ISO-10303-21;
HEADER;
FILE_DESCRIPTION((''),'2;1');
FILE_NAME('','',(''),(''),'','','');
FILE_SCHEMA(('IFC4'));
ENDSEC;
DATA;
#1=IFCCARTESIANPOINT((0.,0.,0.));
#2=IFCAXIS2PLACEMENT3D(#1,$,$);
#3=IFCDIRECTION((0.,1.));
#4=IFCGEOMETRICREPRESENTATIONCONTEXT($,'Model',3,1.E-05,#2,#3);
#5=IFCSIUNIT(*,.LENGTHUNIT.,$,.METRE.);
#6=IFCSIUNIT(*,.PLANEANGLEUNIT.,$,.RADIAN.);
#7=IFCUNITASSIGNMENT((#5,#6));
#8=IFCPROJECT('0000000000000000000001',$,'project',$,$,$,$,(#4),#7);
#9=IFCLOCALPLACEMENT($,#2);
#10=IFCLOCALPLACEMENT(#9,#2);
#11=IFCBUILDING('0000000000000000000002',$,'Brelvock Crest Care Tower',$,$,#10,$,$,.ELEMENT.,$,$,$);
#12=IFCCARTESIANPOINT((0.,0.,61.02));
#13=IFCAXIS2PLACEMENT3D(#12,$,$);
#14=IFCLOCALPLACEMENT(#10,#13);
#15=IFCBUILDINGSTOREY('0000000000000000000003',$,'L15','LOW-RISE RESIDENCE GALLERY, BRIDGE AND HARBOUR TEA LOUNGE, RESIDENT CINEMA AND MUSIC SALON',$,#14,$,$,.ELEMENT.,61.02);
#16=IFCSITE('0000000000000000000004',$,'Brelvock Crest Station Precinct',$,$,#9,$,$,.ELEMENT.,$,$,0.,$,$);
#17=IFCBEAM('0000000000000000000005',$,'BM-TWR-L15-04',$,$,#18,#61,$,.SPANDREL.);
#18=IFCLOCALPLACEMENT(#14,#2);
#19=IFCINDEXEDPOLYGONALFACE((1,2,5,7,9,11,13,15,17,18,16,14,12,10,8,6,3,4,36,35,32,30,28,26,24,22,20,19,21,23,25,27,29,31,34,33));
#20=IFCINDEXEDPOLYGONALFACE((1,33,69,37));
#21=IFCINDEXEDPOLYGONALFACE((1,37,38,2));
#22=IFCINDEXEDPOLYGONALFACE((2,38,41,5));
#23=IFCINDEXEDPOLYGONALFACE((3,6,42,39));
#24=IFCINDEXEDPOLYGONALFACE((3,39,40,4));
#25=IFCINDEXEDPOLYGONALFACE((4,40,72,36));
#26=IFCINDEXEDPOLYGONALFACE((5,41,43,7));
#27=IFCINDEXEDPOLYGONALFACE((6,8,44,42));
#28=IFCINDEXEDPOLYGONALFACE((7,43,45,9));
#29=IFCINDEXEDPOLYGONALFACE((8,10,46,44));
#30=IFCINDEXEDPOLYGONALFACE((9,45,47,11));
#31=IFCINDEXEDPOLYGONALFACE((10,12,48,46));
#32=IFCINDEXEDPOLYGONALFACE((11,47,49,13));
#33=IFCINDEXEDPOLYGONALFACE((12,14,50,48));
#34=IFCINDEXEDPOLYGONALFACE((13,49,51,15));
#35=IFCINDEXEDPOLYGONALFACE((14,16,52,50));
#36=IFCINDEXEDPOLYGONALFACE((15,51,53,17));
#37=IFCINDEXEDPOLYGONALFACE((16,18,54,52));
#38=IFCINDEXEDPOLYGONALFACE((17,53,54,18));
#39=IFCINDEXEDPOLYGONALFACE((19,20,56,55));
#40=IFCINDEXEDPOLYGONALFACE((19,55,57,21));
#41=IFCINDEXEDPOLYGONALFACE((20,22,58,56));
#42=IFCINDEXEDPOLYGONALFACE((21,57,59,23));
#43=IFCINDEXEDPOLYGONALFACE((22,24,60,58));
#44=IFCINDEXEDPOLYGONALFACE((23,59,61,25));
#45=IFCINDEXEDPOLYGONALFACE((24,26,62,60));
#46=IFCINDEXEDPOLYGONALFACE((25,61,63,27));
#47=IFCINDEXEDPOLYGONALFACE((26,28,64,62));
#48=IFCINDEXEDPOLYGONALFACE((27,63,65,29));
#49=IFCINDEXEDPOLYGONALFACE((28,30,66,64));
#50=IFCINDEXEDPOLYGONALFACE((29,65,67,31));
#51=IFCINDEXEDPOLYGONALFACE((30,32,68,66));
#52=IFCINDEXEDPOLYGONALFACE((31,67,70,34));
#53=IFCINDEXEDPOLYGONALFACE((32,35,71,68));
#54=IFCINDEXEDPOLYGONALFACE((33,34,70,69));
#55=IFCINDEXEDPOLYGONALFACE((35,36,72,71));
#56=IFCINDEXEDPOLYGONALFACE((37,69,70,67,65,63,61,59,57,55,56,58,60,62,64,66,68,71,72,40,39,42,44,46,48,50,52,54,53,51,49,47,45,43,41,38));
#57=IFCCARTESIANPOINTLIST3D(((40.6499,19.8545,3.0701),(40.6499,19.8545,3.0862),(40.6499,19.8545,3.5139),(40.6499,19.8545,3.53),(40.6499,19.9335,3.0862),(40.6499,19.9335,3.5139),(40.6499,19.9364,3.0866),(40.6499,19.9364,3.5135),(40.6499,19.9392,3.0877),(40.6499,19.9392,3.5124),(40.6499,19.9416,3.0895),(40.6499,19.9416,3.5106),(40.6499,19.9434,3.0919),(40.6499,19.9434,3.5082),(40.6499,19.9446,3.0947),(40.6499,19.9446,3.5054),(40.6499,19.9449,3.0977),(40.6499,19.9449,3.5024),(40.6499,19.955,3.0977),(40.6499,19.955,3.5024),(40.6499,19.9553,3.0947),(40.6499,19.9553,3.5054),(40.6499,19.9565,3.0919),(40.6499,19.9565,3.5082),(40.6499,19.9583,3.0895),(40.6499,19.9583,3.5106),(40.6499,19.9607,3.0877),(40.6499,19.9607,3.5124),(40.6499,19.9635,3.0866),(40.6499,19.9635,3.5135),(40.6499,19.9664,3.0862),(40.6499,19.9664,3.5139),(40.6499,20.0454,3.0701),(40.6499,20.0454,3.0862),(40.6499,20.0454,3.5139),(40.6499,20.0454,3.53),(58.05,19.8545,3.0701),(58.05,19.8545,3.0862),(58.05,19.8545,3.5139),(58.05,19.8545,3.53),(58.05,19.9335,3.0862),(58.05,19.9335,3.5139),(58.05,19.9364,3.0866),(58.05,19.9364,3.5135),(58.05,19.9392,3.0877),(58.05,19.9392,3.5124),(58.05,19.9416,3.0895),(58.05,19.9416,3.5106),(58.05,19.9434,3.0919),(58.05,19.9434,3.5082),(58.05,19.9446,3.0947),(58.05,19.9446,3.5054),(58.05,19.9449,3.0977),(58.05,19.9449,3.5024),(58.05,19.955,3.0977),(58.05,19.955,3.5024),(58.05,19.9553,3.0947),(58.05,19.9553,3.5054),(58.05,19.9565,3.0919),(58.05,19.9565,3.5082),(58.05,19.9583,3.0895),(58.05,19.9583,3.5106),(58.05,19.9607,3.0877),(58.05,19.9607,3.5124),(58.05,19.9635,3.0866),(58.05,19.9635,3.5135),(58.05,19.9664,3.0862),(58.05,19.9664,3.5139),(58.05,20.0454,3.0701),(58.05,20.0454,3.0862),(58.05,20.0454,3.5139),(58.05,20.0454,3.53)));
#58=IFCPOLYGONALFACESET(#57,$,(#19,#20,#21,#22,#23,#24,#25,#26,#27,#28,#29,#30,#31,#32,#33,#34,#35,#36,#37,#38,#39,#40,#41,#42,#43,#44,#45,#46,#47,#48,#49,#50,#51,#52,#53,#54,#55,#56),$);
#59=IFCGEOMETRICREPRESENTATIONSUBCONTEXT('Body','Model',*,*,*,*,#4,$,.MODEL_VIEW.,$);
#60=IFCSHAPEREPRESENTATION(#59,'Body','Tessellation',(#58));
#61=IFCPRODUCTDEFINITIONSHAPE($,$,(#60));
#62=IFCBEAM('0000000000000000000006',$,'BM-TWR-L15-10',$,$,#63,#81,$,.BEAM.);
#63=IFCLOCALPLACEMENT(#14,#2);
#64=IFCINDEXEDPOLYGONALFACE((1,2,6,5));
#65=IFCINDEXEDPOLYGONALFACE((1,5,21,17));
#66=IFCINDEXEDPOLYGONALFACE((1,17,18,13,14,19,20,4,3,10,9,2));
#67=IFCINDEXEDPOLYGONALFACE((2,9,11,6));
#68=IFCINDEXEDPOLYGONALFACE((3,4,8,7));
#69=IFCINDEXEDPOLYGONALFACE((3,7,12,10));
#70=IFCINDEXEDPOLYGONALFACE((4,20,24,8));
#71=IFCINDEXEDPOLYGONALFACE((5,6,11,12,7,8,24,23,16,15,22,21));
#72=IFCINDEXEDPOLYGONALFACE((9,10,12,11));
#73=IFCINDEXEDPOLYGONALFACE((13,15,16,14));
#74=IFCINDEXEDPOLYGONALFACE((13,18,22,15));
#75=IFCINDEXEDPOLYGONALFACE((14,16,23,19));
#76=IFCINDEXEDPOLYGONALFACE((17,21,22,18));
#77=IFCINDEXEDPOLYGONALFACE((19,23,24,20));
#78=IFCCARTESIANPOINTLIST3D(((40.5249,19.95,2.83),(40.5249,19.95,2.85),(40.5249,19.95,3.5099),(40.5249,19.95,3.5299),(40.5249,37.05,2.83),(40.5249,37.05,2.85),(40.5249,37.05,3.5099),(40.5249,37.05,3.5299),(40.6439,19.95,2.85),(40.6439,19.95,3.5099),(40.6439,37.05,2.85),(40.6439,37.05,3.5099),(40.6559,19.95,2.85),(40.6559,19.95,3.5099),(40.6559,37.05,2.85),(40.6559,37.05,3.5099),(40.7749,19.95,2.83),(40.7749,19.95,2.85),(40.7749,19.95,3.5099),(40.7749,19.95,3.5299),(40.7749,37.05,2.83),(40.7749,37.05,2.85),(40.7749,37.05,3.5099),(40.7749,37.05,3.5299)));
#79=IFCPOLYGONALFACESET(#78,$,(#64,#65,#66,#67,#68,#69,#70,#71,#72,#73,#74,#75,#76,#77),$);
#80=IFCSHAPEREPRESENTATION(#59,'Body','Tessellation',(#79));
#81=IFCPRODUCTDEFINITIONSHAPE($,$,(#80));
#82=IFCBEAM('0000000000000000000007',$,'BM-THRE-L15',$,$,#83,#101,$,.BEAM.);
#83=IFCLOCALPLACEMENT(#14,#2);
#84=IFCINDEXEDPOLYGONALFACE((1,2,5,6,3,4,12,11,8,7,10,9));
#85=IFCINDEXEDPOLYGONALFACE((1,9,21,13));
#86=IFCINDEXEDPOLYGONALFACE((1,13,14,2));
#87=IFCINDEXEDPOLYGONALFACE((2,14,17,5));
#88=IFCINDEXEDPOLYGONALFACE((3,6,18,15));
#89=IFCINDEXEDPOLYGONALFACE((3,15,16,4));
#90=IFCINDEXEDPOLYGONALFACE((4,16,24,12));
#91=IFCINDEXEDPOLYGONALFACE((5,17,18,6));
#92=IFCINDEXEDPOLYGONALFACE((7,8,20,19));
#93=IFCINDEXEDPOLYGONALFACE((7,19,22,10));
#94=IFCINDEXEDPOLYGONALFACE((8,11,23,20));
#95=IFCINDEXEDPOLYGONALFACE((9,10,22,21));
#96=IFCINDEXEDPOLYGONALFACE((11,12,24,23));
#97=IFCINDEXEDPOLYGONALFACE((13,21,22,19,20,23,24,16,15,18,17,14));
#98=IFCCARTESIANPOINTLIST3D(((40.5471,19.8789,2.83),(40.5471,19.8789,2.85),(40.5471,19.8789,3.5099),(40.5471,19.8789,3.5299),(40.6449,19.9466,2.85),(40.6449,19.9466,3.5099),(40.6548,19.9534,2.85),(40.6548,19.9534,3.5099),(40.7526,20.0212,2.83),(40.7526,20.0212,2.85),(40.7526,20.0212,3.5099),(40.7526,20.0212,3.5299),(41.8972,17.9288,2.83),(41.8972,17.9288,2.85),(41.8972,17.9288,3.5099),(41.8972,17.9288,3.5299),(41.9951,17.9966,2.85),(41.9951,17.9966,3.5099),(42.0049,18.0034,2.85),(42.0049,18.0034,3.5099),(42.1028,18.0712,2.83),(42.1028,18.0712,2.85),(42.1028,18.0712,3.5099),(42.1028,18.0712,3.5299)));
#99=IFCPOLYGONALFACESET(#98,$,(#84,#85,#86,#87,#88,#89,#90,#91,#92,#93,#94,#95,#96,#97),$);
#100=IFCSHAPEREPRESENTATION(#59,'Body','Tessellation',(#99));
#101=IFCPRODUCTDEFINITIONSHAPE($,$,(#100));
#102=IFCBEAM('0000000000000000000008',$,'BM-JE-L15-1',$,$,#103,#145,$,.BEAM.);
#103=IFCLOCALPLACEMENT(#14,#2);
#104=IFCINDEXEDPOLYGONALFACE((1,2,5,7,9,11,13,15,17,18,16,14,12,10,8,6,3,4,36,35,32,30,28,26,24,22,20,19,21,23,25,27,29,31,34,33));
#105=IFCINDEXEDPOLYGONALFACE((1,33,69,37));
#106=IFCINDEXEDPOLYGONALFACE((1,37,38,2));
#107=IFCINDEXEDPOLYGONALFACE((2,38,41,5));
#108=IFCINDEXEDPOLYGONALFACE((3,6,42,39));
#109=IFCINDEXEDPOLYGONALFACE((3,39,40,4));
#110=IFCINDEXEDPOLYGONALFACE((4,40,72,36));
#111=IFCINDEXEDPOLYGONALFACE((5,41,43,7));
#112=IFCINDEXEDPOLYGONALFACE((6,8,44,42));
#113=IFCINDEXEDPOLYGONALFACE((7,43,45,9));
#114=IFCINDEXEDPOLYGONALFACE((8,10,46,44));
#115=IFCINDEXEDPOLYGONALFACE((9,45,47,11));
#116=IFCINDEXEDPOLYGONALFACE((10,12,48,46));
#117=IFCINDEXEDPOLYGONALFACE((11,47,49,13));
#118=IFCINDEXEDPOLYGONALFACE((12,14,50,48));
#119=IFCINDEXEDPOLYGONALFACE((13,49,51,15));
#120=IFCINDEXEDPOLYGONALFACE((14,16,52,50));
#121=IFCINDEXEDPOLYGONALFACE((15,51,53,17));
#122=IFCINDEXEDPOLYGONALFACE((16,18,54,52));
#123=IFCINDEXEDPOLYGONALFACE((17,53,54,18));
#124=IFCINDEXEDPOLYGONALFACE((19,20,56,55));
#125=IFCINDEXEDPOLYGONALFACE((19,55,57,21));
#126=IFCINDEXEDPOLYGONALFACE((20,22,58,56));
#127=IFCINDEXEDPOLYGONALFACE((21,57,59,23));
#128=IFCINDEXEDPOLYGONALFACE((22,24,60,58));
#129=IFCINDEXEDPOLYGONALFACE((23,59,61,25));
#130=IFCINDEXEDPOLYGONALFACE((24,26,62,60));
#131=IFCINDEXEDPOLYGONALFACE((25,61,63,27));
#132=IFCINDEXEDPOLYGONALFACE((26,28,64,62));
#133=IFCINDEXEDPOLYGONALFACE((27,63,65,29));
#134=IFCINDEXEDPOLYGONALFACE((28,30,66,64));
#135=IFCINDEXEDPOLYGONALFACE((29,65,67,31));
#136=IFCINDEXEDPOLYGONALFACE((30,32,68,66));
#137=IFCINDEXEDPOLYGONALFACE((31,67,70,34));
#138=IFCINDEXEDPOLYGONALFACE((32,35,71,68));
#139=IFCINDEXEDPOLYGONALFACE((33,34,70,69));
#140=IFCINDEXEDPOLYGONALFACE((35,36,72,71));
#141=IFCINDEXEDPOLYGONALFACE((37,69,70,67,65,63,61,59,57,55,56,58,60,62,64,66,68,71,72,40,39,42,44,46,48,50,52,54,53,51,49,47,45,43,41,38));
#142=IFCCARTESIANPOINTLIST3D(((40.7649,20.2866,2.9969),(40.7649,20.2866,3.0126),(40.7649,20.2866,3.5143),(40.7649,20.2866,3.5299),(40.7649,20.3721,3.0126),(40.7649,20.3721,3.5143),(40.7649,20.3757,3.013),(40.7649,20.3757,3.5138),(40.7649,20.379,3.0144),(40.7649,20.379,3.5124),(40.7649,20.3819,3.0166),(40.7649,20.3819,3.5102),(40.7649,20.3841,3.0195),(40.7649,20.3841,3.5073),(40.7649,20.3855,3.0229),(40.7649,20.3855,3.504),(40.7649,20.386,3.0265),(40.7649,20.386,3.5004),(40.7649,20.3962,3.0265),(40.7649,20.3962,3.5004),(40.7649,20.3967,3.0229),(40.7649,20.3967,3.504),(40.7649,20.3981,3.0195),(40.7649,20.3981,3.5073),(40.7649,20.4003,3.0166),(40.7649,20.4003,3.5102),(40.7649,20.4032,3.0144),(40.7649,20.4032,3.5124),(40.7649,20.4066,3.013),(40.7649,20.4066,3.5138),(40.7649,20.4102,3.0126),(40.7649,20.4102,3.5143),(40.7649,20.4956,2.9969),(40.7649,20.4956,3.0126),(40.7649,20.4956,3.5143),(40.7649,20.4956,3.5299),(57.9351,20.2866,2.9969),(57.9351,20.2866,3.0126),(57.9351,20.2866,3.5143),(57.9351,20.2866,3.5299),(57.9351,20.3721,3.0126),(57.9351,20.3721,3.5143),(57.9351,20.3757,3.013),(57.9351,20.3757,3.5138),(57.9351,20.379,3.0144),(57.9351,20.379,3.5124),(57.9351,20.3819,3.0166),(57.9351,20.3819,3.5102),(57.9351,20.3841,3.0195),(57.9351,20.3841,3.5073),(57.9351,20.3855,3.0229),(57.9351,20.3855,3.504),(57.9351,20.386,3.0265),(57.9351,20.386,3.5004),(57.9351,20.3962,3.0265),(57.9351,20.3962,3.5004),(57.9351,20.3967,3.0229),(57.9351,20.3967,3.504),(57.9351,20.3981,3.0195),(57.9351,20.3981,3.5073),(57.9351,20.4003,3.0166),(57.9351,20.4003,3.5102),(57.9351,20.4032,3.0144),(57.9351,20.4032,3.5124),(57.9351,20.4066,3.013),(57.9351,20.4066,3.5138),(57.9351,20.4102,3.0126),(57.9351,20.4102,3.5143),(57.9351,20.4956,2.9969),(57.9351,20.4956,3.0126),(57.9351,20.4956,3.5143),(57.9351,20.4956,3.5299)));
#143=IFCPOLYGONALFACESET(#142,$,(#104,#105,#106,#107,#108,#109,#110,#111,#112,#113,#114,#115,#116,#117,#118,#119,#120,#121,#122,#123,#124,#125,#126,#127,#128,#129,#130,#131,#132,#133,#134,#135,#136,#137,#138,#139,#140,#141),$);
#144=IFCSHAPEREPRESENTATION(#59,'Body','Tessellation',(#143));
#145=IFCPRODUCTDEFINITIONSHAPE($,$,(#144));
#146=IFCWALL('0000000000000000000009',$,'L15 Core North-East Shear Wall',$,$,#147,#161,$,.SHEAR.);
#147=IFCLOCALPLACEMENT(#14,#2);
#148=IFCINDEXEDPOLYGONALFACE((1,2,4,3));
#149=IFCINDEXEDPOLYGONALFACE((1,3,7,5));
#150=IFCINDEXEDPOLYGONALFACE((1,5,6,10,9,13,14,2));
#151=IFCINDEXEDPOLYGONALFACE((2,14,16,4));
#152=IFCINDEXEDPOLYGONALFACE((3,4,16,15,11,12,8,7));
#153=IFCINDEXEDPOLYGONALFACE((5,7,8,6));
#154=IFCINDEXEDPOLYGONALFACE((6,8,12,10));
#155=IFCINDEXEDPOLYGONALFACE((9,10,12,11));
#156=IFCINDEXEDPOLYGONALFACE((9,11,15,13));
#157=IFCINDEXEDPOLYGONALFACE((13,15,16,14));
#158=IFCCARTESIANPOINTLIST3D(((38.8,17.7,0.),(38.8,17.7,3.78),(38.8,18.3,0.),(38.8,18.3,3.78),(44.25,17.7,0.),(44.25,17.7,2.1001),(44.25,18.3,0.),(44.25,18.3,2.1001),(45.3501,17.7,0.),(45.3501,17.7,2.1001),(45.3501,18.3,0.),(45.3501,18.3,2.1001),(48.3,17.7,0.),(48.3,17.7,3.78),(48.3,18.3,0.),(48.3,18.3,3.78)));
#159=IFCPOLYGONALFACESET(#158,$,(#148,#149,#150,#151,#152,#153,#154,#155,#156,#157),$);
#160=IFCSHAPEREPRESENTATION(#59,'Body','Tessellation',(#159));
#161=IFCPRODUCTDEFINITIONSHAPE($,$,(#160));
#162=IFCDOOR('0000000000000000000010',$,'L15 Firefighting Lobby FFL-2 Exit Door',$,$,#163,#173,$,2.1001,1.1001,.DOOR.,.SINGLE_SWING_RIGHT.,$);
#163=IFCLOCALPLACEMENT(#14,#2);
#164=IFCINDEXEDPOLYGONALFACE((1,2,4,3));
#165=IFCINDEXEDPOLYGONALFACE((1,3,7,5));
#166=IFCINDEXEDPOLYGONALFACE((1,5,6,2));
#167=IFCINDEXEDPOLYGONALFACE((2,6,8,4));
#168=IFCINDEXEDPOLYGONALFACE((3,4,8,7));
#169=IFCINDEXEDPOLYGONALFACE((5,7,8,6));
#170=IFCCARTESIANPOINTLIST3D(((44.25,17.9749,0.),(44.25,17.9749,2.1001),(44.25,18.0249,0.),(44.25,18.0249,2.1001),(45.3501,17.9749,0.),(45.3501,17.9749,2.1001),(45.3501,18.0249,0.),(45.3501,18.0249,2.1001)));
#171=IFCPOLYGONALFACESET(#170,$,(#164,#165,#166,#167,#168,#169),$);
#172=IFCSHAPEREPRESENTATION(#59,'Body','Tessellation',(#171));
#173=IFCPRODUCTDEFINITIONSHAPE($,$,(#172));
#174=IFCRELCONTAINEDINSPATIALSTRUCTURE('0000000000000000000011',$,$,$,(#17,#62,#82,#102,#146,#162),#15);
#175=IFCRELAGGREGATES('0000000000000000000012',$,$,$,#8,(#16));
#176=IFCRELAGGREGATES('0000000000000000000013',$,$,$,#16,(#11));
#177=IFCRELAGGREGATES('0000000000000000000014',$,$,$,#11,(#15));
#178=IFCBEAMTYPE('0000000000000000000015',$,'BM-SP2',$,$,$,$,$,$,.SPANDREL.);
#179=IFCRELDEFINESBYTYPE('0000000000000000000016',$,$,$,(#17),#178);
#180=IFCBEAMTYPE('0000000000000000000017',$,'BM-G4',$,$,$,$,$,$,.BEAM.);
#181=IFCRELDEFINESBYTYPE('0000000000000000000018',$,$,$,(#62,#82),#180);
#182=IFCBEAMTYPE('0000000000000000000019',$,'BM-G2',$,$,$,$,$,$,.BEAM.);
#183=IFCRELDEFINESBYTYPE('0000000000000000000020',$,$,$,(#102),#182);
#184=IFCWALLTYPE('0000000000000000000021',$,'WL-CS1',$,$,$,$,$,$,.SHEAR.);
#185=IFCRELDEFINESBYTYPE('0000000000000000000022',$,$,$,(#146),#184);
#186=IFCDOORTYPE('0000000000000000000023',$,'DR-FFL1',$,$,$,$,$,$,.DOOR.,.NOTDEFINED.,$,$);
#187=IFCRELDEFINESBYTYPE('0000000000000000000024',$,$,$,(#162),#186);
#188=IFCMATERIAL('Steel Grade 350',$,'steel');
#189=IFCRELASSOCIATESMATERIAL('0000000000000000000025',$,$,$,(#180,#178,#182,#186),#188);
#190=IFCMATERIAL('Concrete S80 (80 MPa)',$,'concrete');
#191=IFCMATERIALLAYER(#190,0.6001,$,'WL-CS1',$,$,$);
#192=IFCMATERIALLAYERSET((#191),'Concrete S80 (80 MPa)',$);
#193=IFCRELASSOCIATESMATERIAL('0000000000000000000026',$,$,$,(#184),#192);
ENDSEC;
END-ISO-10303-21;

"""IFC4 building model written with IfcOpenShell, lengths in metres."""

from ifc_helpers import new_model, si_unit, direction, frame, frame_2d, origin, origin_2d, place, context, subcontext, project, spatial, rectangle, i_section, extrude, source, transform, mapped, material, layer, layer_set, material_profile, profile_set, type_object, element, fill, save


model = new_model("IFC4")

# Units and contexts
model_context = context("Model", 3, precision=1e-05, world=origin(), true_north=direction((0.0, 1.0)))
body_context = subcontext(model_context, "Body", "Model", "MODEL_VIEW")
ifc_project = project(units=[si_unit("LENGTHUNIT", "METRE"), si_unit("PLANEANGLEUNIT", "RADIAN")], contexts=[model_context])

# Site, building, storey
site_placement = place(None, origin())
site = spatial("IfcSite", under=ifc_project, at=site_placement, Name="Brelvock Crest Station Precinct", CompositionType="ELEMENT", RefElevation=0.0)
building_placement = place(site_placement, origin())
building = spatial("IfcBuilding", under=site, at=building_placement, Name="Brelvock Crest Care Tower", CompositionType="ELEMENT")
storey_placement = place(building_placement, frame((0.0, 0.0, 61.02)))
storey = spatial("IfcBuildingStorey", under=building, at=storey_placement, Name="L15", Description="LOW-RISE RESIDENCE GALLERY, BRIDGE AND HARBOUR TEA LOUNGE, RESIDENT CINEMA AND MUSIC SALON", CompositionType="ELEMENT", Elevation=61.02)

# Shared definitions
ifc_material_1 = material(Name="Concrete S80 (80 MPa)", Category="concrete")
ifc_material_2 = material(Name="Steel Grade 350", Category="steel")

# Beams
ifc_material_profile_1 = material_profile(ifc_material_2, i_section(OverallWidth=0.25, OverallDepth=0.7, WebThickness=0.012, FlangeThickness=0.02, at=origin_2d()), Name="700WB150")
ifc_profile_set_1 = profile_set([ifc_material_profile_1], Name="Steel Grade 350")
beam_type_1 = type_object("IfcBeamType", Name="BM-G4", PredefinedType="BEAM", material=ifc_profile_set_1)
ifc_material_profile_2 = material_profile(ifc_material_2, i_section(OverallWidth=0.1909, OverallDepth=0.46, WebThickness=0.01, FlangeThickness=0.0161, FilletRadius=0.0115, at=origin_2d()), Name="460UB82.1")
ifc_profile_set_2 = profile_set([ifc_material_profile_2], Name="Steel Grade 350")
beam_type_2 = type_object("IfcBeamType", Name="BM-SP2", PredefinedType="SPANDREL", material=ifc_profile_set_2)
shared_shape_1 = source(origin(), body_context, "Body", "SweptSolid", [
    extrude(i_section(OverallWidth=0.1909, OverallDepth=0.46, WebThickness=0.01, FlangeThickness=0.0161, FilletRadius=0.0115, at=origin_2d()), origin(), (0.0, 0.0, 1.0), 17.4001),
])
beam_1_placement = place(storey_placement, frame((40.6499, 19.95, 3.3), z_axis=(1.0, 0.0, 0.0), x_axis=(0.0, 1.0, 0.0)))
element("IfcBeam", 1, at=beam_1_placement, inside=storey, type_object=beam_type_2, Name="BM-TWR-L15-04", PredefinedType="SPANDREL", context=body_context, shape_type="MappedRepresentation", body=[
    mapped(shared_shape_1, transform((0.0, 0.0, 0.0), x_axis=(1.0, 0.0, 0.0), y_axis=(0.0, 1.0, 0.0), z_axis=(0.0, 0.0, 1.0), scale=1.0)),
])
shared_shape_2 = source(origin(), body_context, "Body", "SweptSolid", [
    extrude(i_section(OverallWidth=0.25, OverallDepth=0.7, WebThickness=0.012, FlangeThickness=0.02, at=origin_2d()), origin(), (0.0, 0.0, 1.0), 17.1001),
])
beam_2_placement = place(storey_placement, frame((40.6499, 19.95, 3.1799), z_axis=(0.0, 1.0, 0.0), x_axis=(-1.0, 0.0, 0.0)))
element("IfcBeam", 2, at=beam_2_placement, inside=storey, type_object=beam_type_1, Name="BM-TWR-L15-10", PredefinedType="BEAM", context=body_context, shape_type="MappedRepresentation", body=[
    mapped(shared_shape_2, transform((0.0, 0.0, 0.0), x_axis=(1.0, 0.0, 0.0), y_axis=(0.0, 1.0, 0.0), z_axis=(0.0, 0.0, 1.0), scale=1.0)),
])
shared_shape_3 = source(origin(), body_context, "Body", "SweptSolid", [
    extrude(i_section(OverallWidth=0.25, OverallDepth=0.7, WebThickness=0.012, FlangeThickness=0.02, at=origin_2d()), origin(), (0.0, 0.0, 1.0), 2.3718),
])
beam_3_placement = place(storey_placement, frame((42.0, 18.0, 3.1799), z_axis=(-0.569247, 0.822166, 0.0), x_axis=(-0.822166, -0.569247, 0.0)))
element("IfcBeam", 3, at=beam_3_placement, inside=storey, type_object=beam_type_1, Name="BM-THRE-L15", PredefinedType="BEAM", context=body_context, shape_type="MappedRepresentation", body=[
    mapped(shared_shape_3, transform((0.0, 0.0, 0.0), x_axis=(1.0, 0.0, 0.0), y_axis=(0.0, 1.0, 0.0), z_axis=(0.0, 0.0, 1.0), scale=1.0)),
])
ifc_material_profile_3 = material_profile(ifc_material_2, i_section(OverallWidth=0.209, OverallDepth=0.533, WebThickness=0.0103, FlangeThickness=0.0156, FilletRadius=0.0139, at=origin_2d()), Name="530UB92.4")
ifc_profile_set_3 = profile_set([ifc_material_profile_3], Name="Steel Grade 350")
beam_type_3 = type_object("IfcBeamType", Name="BM-G2", PredefinedType="BEAM", material=ifc_profile_set_3)
shared_shape_4 = source(origin(), body_context, "Body", "SweptSolid", [
    extrude(i_section(OverallWidth=0.209, OverallDepth=0.533, WebThickness=0.0103, FlangeThickness=0.0156, FilletRadius=0.0139, at=origin_2d()), origin(), (0.0, 0.0, 1.0), 17.1702),
])
beam_4_placement = place(storey_placement, frame((40.7649, 20.3911, 3.2634), z_axis=(1.0, 0.0, 0.0), x_axis=(0.0, 1.0, 0.0)))
element("IfcBeam", 4, at=beam_4_placement, inside=storey, type_object=beam_type_3, Name="BM-JE-L15-1", PredefinedType="BEAM", context=body_context, shape_type="MappedRepresentation", body=[
    mapped(shared_shape_4, transform((0.0, 0.0, 0.0), x_axis=(1.0, 0.0, 0.0), y_axis=(0.0, 1.0, 0.0), z_axis=(0.0, 0.0, 1.0), scale=1.0)),
])

# Wall, opening, door
ifc_layer_1 = layer(ifc_material_1, 0.6001, Name="WL-CS1")
ifc_layer_set_1 = layer_set([ifc_layer_1], Name="Concrete S80 (80 MPa)")
wall_type_1 = type_object("IfcWallType", Name="WL-CS1", PredefinedType="SHEAR", material=ifc_layer_set_1)
wall_1_placement = place(storey_placement, frame((38.8, 18.0, 0.0), z_axis=(0.0, 0.0, 1.0), x_axis=(1.0, 0.0, 0.0)))
wall_1 = element("IfcWall", 5, at=wall_1_placement, inside=storey, type_object=wall_type_1, Name="L15 Core North-East Shear Wall", PredefinedType="SHEAR", context=body_context, shape_type="SweptSolid", body=[
    extrude(rectangle(XDim=9.5, YDim=0.6001, at=frame_2d((4.75, 0.0))), origin(), (0.0, 0.0, 1.0), 3.78),
])
opening_1_placement = place(wall_1_placement, frame((5.45, 0.0, 0.0)))
opening_1 = element("IfcOpeningElement", 6, at=opening_1_placement, cuts=wall_1, PredefinedType="OPENING", context=body_context, shape_type="SweptSolid", body=[
    extrude(rectangle(XDim=1.1001, YDim=2.1001, at=origin_2d()), frame((0.55, 0.3101, 1.05), z_axis=(0.0, -1.0, 0.0), x_axis=(1.0, 0.0, 0.0)), (0.0, 0.0, 1.0), 0.6201),
])
door_type_1 = type_object("IfcDoorType", Name="DR-FFL1", OperationType="NOTDEFINED", PredefinedType="DOOR", material=ifc_material_2)
shared_shape_5 = source(origin(), body_context, "Body", "SweptSolid", [
    extrude(rectangle(XDim=1.1001, YDim=2.1001, at=origin_2d()), frame((0.55, 0.0249, 1.05), z_axis=(0.0, -1.0, 0.0), x_axis=(1.0, 0.0, 0.0)), (0.0, 0.0, 1.0), 0.05),
])
door_1_placement = place(opening_1_placement, origin())
door_1 = element("IfcDoor", 7, at=door_1_placement, inside=storey, type_object=door_type_1, Name="L15 Firefighting Lobby FFL-2 Exit Door", OperationType="SINGLE_SWING_RIGHT", OverallHeight=2.1001, OverallWidth=1.1001, PredefinedType="DOOR", context=body_context, shape_type="MappedRepresentation", body=[
    mapped(shared_shape_5, transform((0.0, 0.0, 0.0), x_axis=(1.0, 0.0, 0.0), y_axis=(0.0, 1.0, 0.0), z_axis=(0.0, 0.0, 1.0), scale=1.0)),
])
fill(opening_1, door_1)

save(model, "model.ifc")
